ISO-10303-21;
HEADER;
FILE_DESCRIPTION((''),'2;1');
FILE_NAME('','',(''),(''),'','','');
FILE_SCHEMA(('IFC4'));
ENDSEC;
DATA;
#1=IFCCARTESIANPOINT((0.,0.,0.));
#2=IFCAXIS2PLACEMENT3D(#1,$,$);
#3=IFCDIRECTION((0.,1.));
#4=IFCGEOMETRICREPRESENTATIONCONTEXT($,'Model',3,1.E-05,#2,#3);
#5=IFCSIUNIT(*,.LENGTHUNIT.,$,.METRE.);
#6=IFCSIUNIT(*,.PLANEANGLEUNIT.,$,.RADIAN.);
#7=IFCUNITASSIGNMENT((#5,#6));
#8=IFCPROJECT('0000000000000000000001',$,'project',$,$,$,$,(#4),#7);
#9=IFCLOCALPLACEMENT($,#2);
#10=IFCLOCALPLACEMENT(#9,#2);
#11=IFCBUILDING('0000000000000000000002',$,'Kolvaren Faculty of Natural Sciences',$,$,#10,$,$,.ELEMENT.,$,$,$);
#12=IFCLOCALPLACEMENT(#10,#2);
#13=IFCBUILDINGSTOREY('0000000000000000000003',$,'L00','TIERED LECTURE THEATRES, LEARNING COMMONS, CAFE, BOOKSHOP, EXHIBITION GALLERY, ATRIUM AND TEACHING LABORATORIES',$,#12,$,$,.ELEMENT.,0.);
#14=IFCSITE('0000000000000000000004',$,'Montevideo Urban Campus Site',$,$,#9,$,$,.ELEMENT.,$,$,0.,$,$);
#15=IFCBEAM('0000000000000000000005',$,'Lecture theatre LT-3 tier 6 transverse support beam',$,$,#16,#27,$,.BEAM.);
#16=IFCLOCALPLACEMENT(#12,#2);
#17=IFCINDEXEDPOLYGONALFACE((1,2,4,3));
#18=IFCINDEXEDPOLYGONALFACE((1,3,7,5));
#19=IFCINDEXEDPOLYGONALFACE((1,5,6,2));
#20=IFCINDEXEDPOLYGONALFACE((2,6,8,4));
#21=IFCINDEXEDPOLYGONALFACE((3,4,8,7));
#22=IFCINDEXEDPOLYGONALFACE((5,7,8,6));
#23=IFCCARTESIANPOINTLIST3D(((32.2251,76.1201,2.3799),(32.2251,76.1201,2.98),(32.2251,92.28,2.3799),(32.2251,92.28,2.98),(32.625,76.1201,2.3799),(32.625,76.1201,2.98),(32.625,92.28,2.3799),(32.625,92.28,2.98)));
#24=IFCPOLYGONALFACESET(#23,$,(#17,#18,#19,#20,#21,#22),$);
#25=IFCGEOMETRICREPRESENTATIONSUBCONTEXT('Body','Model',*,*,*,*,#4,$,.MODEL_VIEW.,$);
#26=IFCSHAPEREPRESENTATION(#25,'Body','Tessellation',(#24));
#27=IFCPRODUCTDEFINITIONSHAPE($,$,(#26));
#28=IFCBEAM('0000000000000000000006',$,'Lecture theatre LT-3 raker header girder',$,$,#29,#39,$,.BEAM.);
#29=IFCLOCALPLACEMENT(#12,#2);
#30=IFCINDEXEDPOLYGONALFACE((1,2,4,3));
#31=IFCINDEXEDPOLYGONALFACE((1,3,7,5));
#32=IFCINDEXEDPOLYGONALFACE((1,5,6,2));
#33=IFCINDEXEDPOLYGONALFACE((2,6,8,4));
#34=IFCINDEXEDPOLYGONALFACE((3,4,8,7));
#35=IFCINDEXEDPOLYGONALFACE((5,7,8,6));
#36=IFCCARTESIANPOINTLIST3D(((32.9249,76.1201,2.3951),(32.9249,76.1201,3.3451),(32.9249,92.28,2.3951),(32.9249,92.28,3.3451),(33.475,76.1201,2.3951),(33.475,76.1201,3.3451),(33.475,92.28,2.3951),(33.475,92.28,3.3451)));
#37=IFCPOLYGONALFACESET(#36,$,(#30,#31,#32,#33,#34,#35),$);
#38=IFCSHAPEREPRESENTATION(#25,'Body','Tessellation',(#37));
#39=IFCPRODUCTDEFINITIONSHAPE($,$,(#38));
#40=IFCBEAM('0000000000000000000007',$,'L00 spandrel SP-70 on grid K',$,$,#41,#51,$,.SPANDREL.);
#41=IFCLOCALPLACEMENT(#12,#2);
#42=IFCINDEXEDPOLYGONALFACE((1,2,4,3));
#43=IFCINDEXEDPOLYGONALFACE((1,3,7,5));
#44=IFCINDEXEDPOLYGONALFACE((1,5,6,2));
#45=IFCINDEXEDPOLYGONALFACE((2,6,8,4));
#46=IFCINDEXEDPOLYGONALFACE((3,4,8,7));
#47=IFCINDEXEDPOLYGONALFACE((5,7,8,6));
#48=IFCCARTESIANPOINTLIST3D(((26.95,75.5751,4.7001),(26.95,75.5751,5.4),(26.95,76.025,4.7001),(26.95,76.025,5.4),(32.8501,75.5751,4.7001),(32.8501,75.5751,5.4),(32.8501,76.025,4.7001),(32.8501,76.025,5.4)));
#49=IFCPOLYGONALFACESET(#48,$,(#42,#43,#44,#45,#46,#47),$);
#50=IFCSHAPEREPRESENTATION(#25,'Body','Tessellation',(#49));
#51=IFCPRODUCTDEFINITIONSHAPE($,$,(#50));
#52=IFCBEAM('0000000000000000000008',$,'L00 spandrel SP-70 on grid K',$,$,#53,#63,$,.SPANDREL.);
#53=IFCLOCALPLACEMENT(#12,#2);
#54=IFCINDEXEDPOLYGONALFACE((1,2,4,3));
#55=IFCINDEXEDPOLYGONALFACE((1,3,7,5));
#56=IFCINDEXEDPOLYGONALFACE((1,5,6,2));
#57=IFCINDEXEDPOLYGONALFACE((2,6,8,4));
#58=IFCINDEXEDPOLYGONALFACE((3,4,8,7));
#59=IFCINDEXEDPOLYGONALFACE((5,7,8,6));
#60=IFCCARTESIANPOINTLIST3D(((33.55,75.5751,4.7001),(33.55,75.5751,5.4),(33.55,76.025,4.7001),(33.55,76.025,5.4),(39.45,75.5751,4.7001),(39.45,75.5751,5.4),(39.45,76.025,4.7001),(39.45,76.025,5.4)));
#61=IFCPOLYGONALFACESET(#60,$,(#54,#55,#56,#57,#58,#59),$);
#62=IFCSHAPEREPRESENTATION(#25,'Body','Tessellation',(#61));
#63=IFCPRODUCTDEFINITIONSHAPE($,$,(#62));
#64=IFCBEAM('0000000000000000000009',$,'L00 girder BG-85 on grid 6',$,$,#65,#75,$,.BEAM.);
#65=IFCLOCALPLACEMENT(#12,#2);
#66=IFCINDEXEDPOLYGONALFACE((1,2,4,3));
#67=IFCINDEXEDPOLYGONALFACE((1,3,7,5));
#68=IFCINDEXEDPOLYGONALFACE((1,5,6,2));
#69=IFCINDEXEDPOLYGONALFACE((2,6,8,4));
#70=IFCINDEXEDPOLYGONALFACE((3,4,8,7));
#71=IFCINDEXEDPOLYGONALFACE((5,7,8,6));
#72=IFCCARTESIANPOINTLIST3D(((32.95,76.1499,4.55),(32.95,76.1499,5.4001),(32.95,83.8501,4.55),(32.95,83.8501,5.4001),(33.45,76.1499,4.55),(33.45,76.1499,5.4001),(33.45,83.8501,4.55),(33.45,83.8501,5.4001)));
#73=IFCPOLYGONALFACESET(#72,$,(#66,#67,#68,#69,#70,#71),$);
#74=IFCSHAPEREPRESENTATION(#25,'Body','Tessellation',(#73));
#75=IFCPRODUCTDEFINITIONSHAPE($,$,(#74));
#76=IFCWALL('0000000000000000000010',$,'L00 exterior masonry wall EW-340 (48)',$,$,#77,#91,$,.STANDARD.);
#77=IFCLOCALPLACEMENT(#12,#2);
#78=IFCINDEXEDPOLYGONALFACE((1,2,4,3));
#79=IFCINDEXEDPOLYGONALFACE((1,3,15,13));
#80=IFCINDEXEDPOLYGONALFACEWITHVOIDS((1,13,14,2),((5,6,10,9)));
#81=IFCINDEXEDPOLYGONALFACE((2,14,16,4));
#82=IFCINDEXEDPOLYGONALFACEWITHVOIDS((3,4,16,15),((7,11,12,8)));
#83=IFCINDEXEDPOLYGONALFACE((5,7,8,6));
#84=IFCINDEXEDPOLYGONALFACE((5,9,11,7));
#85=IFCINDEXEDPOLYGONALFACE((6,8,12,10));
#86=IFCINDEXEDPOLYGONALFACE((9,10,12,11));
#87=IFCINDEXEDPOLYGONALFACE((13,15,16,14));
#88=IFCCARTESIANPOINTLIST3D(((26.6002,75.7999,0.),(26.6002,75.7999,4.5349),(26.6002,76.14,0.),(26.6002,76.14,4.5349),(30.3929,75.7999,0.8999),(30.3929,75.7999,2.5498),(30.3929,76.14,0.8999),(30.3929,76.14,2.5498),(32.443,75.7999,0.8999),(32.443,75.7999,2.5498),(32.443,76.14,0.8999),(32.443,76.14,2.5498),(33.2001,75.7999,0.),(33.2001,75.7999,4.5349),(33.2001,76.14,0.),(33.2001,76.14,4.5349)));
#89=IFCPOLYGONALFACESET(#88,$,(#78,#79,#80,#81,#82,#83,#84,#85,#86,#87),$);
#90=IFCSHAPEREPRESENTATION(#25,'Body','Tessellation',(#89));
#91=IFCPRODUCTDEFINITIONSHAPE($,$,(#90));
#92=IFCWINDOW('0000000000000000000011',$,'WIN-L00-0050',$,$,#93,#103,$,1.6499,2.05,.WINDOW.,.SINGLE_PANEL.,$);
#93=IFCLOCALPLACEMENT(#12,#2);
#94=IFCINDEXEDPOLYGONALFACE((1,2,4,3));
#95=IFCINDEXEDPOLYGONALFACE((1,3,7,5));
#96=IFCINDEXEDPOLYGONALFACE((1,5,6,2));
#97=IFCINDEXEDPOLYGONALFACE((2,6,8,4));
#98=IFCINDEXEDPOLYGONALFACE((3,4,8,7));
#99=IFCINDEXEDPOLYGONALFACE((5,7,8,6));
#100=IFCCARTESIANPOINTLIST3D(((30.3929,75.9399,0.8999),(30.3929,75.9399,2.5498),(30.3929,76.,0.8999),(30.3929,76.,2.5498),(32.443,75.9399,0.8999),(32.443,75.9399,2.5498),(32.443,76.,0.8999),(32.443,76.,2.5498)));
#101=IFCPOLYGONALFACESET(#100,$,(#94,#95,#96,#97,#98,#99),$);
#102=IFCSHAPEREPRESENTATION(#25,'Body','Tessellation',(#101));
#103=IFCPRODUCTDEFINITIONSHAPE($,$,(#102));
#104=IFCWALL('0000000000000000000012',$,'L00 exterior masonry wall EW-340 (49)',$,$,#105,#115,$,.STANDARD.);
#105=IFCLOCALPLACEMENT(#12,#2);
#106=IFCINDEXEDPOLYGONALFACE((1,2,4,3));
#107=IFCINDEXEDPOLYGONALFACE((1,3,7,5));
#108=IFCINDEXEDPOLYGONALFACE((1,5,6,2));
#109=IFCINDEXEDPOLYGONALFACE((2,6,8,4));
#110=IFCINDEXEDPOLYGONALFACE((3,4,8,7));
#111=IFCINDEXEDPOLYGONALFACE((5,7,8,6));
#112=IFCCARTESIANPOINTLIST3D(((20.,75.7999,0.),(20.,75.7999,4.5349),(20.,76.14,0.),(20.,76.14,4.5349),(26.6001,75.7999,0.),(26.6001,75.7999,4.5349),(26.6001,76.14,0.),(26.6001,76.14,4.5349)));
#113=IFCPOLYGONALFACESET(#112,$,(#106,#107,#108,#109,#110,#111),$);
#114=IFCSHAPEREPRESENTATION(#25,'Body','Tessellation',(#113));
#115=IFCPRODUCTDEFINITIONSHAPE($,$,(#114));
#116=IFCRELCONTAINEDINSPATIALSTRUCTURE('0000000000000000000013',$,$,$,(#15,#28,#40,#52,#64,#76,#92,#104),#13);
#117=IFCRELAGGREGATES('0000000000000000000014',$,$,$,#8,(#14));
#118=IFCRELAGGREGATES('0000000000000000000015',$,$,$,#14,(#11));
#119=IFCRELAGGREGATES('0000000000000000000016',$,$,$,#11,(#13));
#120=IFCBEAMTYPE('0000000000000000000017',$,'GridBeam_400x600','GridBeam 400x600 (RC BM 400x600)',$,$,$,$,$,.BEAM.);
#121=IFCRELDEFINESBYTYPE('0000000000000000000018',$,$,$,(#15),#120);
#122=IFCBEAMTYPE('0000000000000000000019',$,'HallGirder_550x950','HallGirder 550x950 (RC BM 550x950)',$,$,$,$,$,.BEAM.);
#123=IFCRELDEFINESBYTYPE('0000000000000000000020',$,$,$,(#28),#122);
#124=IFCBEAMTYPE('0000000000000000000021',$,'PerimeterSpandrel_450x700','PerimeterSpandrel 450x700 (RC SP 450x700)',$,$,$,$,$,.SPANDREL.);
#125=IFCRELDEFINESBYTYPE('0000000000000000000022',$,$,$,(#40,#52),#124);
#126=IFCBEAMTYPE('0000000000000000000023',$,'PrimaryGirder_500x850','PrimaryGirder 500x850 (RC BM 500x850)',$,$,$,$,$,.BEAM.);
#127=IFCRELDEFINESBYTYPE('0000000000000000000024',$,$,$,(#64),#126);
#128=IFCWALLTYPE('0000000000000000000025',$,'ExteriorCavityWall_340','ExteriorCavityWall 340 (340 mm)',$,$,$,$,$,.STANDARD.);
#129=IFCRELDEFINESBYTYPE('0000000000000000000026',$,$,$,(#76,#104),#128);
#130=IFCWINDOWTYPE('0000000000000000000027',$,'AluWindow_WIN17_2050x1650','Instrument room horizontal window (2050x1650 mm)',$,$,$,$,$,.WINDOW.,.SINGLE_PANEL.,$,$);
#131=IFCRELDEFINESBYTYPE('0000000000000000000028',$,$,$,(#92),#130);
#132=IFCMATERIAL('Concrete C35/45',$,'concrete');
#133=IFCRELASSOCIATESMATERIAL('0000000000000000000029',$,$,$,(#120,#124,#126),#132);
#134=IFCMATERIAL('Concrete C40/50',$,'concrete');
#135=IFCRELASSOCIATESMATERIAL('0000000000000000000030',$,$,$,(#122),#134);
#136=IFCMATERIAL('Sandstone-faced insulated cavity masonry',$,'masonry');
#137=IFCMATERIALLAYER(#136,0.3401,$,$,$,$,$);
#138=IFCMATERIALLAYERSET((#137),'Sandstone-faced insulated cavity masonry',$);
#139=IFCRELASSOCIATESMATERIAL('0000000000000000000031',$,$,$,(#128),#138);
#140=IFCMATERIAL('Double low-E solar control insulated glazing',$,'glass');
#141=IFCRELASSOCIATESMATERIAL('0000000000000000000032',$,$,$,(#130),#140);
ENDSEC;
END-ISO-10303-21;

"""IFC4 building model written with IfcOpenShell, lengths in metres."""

from ifc_helpers import new_model, si_unit, direction, frame, frame_2d, origin, origin_2d, place, context, subcontext, project, spatial, rectangle, extrude, material, layer, layer_set, material_profile, profile_set, type_object, element, fill, save


model = new_model("IFC4")

# Units and contexts
model_context = context("Model", 3, precision=1e-05, world=origin(), true_north=direction((0.0, 1.0)))
body_context = subcontext(model_context, "Body", "Model", "MODEL_VIEW")
ifc_project = project(units=[si_unit("LENGTHUNIT", "METRE"), si_unit("PLANEANGLEUNIT", "RADIAN")], contexts=[model_context])

# Site, building, storey
site_placement = place(None, origin())
site = spatial("IfcSite", under=ifc_project, at=site_placement, Name="Montevideo Urban Campus Site", CompositionType="ELEMENT", RefElevation=0.0)
building_placement = place(site_placement, origin())
building = spatial("IfcBuilding", under=site, at=building_placement, Name="Kolvaren Faculty of Natural Sciences", CompositionType="ELEMENT")
storey_placement = place(building_placement, origin())
storey = spatial("IfcBuildingStorey", under=building, at=storey_placement, Name="L00", Description="TIERED LECTURE THEATRES, LEARNING COMMONS, CAFE, BOOKSHOP, EXHIBITION GALLERY, ATRIUM AND TEACHING LABORATORIES", CompositionType="ELEMENT", Elevation=0.0)

# Shared definitions
ifc_material_1 = material(Name="Concrete C35/45", Category="concrete")

# Shared definitions
ifc_material_2 = material(Name="Concrete C40/50", Category="concrete")

# Beams
ifc_material_profile_1 = material_profile(ifc_material_1, rectangle(XDim=0.3999, YDim=0.6001, at=origin_2d()), Name="RC BM 400x600")
ifc_profile_set_1 = profile_set([ifc_material_profile_1], Name="Concrete C35/45")
beam_type_1 = type_object("IfcBeamType", Name="GridBeam_400x600", Description="GridBeam 400x600 (RC BM 400x600)", PredefinedType="BEAM", material=ifc_profile_set_1)
for number, where, z_axis, x_axis, name in (
    (1, (32.425, 76.1201, 2.6799), (0.0, 1.0, 0.0), (-1.0, 0.0, 0.0), "Lecture theatre LT-3 tier 6 transverse support beam"),
):
    element("IfcBeam", number, at=place(storey_placement, frame(where, z_axis=z_axis, x_axis=x_axis)), inside=storey, type_object=beam_type_1, Name=name, PredefinedType="BEAM", context=body_context, shape_type="SweptSolid", body=[
        extrude(rectangle(XDim=0.3999, YDim=0.6001, at=origin_2d()), origin(), (0.0, 0.0, 1.0), 16.1599),
    ])
ifc_material_profile_2 = material_profile(ifc_material_2, rectangle(XDim=0.55, YDim=0.95, at=origin_2d()), Name="RC BM 550x950")
ifc_profile_set_2 = profile_set([ifc_material_profile_2], Name="Concrete C40/50")
beam_type_2 = type_object("IfcBeamType", Name="HallGirder_550x950", Description="HallGirder 550x950 (RC BM 550x950)", PredefinedType="BEAM", material=ifc_profile_set_2)
beam_1_placement = place(storey_placement, frame((33.2, 76.1201, 2.8701), z_axis=(0.0, 1.0, 0.0), x_axis=(-1.0, 0.0, 0.0)))
element("IfcBeam", 2, at=beam_1_placement, inside=storey, type_object=beam_type_2, Name="Lecture theatre LT-3 raker header girder", PredefinedType="BEAM", context=body_context, shape_type="SweptSolid", body=[
    extrude(rectangle(XDim=0.55, YDim=0.95, at=origin_2d()), origin(), (0.0, 0.0, 1.0), 16.1599),
])
ifc_material_profile_3 = material_profile(ifc_material_1, rectangle(XDim=0.45, YDim=0.7, at=origin_2d()), Name="RC SP 450x700")
ifc_profile_set_3 = profile_set([ifc_material_profile_3], Name="Concrete C35/45")
beam_type_3 = type_object("IfcBeamType", Name="PerimeterSpandrel_450x700", Description="PerimeterSpandrel 450x700 (RC SP 450x700)", PredefinedType="SPANDREL", material=ifc_profile_set_3)
beam_2_placement = place(storey_placement, frame((26.95, 75.8, 5.05), z_axis=(1.0, 0.0, 0.0), x_axis=(0.0, 1.0, 0.0)))
element("IfcBeam", 3, at=beam_2_placement, inside=storey, type_object=beam_type_3, Name="L00 spandrel SP-70 on grid K", PredefinedType="SPANDREL", context=body_context, shape_type="SweptSolid", body=[
    extrude(rectangle(XDim=0.45, YDim=0.7, at=origin_2d()), origin(), (0.0, 0.0, 1.0), 5.9001),
])
beam_3_placement = place(storey_placement, frame((33.55, 75.8, 5.05), z_axis=(1.0, 0.0, 0.0), x_axis=(0.0, 1.0, 0.0)))
element("IfcBeam", 4, at=beam_3_placement, inside=storey, type_object=beam_type_3, Name="L00 spandrel SP-70 on grid K", PredefinedType="SPANDREL", context=body_context, shape_type="SweptSolid", body=[
    extrude(rectangle(XDim=0.45, YDim=0.7, at=origin_2d()), origin(), (0.0, 0.0, 1.0), 5.8999),
])
ifc_material_profile_4 = material_profile(ifc_material_1, rectangle(XDim=0.5, YDim=0.8501, at=origin_2d()), Name="RC BM 500x850")
ifc_profile_set_4 = profile_set([ifc_material_profile_4], Name="Concrete C35/45")
beam_type_4 = type_object("IfcBeamType", Name="PrimaryGirder_500x850", Description="PrimaryGirder 500x850 (RC BM 500x850)", PredefinedType="BEAM", material=ifc_profile_set_4)
beam_4_placement = place(storey_placement, frame((33.2, 76.1499, 4.9751), z_axis=(0.0, 1.0, 0.0), x_axis=(-1.0, 0.0, 0.0)))
element("IfcBeam", 5, at=beam_4_placement, inside=storey, type_object=beam_type_4, Name="L00 girder BG-85 on grid 6", PredefinedType="BEAM", context=body_context, shape_type="SweptSolid", body=[
    extrude(rectangle(XDim=0.5, YDim=0.8501, at=origin_2d()), origin(), (0.0, 0.0, 1.0), 7.7002),
])

# Wall, opening, window
ifc_material_3 = material(Name="Sandstone-faced insulated cavity masonry", Category="masonry")
ifc_layer_1 = layer(ifc_material_3, 0.3401)
ifc_layer_set_1 = layer_set([ifc_layer_1], Name="Sandstone-faced insulated cavity masonry")
wall_type = type_object("IfcWallType", Name="ExteriorCavityWall_340", Description="ExteriorCavityWall 340 (340 mm)", PredefinedType="STANDARD", material=ifc_layer_set_1)
wall_1_placement = place(storey_placement, frame((33.2, 75.97, 0.0), z_axis=(0.0, 0.0, 1.0), x_axis=(-1.0, 0.0, 0.0)))
wall_1 = element("IfcWall", 6, at=wall_1_placement, inside=storey, type_object=wall_type, Name="L00 exterior masonry wall EW-340 (48)", PredefinedType="STANDARD", context=body_context, shape_type="SweptSolid", body=[
    extrude(rectangle(XDim=6.5999, YDim=0.3401, at=frame_2d((3.2998, 0.0))), origin(), (0.0, 0.0, 1.0), 4.5349),
])
opening_placement = place(wall_1_placement, frame((0.7571, 0.0, 0.8999)))
opening = element("IfcOpeningElement", 7, at=opening_placement, cuts=wall_1, PredefinedType="OPENING", context=body_context, shape_type="SweptSolid", body=[
    extrude(rectangle(XDim=2.05, YDim=1.6499, at=frame_2d((1.0249, 0.825))), frame((0.0, 0.1799, 0.0), z_axis=(0.0, -1.0, 0.0), x_axis=(1.0, 0.0, 0.0)), (0.0, 0.0, 1.0), 0.3601),
])
ifc_material_4 = material(Name="Double low-E solar control insulated glazing", Category="glass")
window_type = type_object("IfcWindowType", Name="AluWindow_WIN17_2050x1650", Description="Instrument room horizontal window (2050x1650 mm)", PartitioningType="SINGLE_PANEL", PredefinedType="WINDOW", material=ifc_material_4)
window_placement = place(opening_placement, origin())
window = element("IfcWindow", 8, at=window_placement, inside=storey, type_object=window_type, Name="WIN-L00-0050", OverallHeight=1.6499, OverallWidth=2.05, PartitioningType="SINGLE_PANEL", PredefinedType="WINDOW", context=body_context, shape_type="SweptSolid", body=[
    extrude(rectangle(XDim=2.05, YDim=1.6499, at=frame_2d((1.0249, 0.825))), frame((0.0, 0.03, 0.0), z_axis=(0.0, -1.0, 0.0), x_axis=(1.0, 0.0, 0.0)), (0.0, 0.0, 1.0), 0.0601),
])
fill(opening, window)

# Wall
wall_2_placement = place(storey_placement, frame((26.6001, 75.97, 0.0), z_axis=(0.0, 0.0, 1.0), x_axis=(-1.0, 0.0, 0.0)))
element("IfcWall", 9, at=wall_2_placement, inside=storey, type_object=wall_type, Name="L00 exterior masonry wall EW-340 (49)", PredefinedType="STANDARD", context=body_context, shape_type="SweptSolid", body=[
    extrude(rectangle(XDim=6.6001, YDim=0.3401, at=frame_2d((3.3, 0.0))), origin(), (0.0, 0.0, 1.0), 4.5349),
])

save(model, "model.ifc")
